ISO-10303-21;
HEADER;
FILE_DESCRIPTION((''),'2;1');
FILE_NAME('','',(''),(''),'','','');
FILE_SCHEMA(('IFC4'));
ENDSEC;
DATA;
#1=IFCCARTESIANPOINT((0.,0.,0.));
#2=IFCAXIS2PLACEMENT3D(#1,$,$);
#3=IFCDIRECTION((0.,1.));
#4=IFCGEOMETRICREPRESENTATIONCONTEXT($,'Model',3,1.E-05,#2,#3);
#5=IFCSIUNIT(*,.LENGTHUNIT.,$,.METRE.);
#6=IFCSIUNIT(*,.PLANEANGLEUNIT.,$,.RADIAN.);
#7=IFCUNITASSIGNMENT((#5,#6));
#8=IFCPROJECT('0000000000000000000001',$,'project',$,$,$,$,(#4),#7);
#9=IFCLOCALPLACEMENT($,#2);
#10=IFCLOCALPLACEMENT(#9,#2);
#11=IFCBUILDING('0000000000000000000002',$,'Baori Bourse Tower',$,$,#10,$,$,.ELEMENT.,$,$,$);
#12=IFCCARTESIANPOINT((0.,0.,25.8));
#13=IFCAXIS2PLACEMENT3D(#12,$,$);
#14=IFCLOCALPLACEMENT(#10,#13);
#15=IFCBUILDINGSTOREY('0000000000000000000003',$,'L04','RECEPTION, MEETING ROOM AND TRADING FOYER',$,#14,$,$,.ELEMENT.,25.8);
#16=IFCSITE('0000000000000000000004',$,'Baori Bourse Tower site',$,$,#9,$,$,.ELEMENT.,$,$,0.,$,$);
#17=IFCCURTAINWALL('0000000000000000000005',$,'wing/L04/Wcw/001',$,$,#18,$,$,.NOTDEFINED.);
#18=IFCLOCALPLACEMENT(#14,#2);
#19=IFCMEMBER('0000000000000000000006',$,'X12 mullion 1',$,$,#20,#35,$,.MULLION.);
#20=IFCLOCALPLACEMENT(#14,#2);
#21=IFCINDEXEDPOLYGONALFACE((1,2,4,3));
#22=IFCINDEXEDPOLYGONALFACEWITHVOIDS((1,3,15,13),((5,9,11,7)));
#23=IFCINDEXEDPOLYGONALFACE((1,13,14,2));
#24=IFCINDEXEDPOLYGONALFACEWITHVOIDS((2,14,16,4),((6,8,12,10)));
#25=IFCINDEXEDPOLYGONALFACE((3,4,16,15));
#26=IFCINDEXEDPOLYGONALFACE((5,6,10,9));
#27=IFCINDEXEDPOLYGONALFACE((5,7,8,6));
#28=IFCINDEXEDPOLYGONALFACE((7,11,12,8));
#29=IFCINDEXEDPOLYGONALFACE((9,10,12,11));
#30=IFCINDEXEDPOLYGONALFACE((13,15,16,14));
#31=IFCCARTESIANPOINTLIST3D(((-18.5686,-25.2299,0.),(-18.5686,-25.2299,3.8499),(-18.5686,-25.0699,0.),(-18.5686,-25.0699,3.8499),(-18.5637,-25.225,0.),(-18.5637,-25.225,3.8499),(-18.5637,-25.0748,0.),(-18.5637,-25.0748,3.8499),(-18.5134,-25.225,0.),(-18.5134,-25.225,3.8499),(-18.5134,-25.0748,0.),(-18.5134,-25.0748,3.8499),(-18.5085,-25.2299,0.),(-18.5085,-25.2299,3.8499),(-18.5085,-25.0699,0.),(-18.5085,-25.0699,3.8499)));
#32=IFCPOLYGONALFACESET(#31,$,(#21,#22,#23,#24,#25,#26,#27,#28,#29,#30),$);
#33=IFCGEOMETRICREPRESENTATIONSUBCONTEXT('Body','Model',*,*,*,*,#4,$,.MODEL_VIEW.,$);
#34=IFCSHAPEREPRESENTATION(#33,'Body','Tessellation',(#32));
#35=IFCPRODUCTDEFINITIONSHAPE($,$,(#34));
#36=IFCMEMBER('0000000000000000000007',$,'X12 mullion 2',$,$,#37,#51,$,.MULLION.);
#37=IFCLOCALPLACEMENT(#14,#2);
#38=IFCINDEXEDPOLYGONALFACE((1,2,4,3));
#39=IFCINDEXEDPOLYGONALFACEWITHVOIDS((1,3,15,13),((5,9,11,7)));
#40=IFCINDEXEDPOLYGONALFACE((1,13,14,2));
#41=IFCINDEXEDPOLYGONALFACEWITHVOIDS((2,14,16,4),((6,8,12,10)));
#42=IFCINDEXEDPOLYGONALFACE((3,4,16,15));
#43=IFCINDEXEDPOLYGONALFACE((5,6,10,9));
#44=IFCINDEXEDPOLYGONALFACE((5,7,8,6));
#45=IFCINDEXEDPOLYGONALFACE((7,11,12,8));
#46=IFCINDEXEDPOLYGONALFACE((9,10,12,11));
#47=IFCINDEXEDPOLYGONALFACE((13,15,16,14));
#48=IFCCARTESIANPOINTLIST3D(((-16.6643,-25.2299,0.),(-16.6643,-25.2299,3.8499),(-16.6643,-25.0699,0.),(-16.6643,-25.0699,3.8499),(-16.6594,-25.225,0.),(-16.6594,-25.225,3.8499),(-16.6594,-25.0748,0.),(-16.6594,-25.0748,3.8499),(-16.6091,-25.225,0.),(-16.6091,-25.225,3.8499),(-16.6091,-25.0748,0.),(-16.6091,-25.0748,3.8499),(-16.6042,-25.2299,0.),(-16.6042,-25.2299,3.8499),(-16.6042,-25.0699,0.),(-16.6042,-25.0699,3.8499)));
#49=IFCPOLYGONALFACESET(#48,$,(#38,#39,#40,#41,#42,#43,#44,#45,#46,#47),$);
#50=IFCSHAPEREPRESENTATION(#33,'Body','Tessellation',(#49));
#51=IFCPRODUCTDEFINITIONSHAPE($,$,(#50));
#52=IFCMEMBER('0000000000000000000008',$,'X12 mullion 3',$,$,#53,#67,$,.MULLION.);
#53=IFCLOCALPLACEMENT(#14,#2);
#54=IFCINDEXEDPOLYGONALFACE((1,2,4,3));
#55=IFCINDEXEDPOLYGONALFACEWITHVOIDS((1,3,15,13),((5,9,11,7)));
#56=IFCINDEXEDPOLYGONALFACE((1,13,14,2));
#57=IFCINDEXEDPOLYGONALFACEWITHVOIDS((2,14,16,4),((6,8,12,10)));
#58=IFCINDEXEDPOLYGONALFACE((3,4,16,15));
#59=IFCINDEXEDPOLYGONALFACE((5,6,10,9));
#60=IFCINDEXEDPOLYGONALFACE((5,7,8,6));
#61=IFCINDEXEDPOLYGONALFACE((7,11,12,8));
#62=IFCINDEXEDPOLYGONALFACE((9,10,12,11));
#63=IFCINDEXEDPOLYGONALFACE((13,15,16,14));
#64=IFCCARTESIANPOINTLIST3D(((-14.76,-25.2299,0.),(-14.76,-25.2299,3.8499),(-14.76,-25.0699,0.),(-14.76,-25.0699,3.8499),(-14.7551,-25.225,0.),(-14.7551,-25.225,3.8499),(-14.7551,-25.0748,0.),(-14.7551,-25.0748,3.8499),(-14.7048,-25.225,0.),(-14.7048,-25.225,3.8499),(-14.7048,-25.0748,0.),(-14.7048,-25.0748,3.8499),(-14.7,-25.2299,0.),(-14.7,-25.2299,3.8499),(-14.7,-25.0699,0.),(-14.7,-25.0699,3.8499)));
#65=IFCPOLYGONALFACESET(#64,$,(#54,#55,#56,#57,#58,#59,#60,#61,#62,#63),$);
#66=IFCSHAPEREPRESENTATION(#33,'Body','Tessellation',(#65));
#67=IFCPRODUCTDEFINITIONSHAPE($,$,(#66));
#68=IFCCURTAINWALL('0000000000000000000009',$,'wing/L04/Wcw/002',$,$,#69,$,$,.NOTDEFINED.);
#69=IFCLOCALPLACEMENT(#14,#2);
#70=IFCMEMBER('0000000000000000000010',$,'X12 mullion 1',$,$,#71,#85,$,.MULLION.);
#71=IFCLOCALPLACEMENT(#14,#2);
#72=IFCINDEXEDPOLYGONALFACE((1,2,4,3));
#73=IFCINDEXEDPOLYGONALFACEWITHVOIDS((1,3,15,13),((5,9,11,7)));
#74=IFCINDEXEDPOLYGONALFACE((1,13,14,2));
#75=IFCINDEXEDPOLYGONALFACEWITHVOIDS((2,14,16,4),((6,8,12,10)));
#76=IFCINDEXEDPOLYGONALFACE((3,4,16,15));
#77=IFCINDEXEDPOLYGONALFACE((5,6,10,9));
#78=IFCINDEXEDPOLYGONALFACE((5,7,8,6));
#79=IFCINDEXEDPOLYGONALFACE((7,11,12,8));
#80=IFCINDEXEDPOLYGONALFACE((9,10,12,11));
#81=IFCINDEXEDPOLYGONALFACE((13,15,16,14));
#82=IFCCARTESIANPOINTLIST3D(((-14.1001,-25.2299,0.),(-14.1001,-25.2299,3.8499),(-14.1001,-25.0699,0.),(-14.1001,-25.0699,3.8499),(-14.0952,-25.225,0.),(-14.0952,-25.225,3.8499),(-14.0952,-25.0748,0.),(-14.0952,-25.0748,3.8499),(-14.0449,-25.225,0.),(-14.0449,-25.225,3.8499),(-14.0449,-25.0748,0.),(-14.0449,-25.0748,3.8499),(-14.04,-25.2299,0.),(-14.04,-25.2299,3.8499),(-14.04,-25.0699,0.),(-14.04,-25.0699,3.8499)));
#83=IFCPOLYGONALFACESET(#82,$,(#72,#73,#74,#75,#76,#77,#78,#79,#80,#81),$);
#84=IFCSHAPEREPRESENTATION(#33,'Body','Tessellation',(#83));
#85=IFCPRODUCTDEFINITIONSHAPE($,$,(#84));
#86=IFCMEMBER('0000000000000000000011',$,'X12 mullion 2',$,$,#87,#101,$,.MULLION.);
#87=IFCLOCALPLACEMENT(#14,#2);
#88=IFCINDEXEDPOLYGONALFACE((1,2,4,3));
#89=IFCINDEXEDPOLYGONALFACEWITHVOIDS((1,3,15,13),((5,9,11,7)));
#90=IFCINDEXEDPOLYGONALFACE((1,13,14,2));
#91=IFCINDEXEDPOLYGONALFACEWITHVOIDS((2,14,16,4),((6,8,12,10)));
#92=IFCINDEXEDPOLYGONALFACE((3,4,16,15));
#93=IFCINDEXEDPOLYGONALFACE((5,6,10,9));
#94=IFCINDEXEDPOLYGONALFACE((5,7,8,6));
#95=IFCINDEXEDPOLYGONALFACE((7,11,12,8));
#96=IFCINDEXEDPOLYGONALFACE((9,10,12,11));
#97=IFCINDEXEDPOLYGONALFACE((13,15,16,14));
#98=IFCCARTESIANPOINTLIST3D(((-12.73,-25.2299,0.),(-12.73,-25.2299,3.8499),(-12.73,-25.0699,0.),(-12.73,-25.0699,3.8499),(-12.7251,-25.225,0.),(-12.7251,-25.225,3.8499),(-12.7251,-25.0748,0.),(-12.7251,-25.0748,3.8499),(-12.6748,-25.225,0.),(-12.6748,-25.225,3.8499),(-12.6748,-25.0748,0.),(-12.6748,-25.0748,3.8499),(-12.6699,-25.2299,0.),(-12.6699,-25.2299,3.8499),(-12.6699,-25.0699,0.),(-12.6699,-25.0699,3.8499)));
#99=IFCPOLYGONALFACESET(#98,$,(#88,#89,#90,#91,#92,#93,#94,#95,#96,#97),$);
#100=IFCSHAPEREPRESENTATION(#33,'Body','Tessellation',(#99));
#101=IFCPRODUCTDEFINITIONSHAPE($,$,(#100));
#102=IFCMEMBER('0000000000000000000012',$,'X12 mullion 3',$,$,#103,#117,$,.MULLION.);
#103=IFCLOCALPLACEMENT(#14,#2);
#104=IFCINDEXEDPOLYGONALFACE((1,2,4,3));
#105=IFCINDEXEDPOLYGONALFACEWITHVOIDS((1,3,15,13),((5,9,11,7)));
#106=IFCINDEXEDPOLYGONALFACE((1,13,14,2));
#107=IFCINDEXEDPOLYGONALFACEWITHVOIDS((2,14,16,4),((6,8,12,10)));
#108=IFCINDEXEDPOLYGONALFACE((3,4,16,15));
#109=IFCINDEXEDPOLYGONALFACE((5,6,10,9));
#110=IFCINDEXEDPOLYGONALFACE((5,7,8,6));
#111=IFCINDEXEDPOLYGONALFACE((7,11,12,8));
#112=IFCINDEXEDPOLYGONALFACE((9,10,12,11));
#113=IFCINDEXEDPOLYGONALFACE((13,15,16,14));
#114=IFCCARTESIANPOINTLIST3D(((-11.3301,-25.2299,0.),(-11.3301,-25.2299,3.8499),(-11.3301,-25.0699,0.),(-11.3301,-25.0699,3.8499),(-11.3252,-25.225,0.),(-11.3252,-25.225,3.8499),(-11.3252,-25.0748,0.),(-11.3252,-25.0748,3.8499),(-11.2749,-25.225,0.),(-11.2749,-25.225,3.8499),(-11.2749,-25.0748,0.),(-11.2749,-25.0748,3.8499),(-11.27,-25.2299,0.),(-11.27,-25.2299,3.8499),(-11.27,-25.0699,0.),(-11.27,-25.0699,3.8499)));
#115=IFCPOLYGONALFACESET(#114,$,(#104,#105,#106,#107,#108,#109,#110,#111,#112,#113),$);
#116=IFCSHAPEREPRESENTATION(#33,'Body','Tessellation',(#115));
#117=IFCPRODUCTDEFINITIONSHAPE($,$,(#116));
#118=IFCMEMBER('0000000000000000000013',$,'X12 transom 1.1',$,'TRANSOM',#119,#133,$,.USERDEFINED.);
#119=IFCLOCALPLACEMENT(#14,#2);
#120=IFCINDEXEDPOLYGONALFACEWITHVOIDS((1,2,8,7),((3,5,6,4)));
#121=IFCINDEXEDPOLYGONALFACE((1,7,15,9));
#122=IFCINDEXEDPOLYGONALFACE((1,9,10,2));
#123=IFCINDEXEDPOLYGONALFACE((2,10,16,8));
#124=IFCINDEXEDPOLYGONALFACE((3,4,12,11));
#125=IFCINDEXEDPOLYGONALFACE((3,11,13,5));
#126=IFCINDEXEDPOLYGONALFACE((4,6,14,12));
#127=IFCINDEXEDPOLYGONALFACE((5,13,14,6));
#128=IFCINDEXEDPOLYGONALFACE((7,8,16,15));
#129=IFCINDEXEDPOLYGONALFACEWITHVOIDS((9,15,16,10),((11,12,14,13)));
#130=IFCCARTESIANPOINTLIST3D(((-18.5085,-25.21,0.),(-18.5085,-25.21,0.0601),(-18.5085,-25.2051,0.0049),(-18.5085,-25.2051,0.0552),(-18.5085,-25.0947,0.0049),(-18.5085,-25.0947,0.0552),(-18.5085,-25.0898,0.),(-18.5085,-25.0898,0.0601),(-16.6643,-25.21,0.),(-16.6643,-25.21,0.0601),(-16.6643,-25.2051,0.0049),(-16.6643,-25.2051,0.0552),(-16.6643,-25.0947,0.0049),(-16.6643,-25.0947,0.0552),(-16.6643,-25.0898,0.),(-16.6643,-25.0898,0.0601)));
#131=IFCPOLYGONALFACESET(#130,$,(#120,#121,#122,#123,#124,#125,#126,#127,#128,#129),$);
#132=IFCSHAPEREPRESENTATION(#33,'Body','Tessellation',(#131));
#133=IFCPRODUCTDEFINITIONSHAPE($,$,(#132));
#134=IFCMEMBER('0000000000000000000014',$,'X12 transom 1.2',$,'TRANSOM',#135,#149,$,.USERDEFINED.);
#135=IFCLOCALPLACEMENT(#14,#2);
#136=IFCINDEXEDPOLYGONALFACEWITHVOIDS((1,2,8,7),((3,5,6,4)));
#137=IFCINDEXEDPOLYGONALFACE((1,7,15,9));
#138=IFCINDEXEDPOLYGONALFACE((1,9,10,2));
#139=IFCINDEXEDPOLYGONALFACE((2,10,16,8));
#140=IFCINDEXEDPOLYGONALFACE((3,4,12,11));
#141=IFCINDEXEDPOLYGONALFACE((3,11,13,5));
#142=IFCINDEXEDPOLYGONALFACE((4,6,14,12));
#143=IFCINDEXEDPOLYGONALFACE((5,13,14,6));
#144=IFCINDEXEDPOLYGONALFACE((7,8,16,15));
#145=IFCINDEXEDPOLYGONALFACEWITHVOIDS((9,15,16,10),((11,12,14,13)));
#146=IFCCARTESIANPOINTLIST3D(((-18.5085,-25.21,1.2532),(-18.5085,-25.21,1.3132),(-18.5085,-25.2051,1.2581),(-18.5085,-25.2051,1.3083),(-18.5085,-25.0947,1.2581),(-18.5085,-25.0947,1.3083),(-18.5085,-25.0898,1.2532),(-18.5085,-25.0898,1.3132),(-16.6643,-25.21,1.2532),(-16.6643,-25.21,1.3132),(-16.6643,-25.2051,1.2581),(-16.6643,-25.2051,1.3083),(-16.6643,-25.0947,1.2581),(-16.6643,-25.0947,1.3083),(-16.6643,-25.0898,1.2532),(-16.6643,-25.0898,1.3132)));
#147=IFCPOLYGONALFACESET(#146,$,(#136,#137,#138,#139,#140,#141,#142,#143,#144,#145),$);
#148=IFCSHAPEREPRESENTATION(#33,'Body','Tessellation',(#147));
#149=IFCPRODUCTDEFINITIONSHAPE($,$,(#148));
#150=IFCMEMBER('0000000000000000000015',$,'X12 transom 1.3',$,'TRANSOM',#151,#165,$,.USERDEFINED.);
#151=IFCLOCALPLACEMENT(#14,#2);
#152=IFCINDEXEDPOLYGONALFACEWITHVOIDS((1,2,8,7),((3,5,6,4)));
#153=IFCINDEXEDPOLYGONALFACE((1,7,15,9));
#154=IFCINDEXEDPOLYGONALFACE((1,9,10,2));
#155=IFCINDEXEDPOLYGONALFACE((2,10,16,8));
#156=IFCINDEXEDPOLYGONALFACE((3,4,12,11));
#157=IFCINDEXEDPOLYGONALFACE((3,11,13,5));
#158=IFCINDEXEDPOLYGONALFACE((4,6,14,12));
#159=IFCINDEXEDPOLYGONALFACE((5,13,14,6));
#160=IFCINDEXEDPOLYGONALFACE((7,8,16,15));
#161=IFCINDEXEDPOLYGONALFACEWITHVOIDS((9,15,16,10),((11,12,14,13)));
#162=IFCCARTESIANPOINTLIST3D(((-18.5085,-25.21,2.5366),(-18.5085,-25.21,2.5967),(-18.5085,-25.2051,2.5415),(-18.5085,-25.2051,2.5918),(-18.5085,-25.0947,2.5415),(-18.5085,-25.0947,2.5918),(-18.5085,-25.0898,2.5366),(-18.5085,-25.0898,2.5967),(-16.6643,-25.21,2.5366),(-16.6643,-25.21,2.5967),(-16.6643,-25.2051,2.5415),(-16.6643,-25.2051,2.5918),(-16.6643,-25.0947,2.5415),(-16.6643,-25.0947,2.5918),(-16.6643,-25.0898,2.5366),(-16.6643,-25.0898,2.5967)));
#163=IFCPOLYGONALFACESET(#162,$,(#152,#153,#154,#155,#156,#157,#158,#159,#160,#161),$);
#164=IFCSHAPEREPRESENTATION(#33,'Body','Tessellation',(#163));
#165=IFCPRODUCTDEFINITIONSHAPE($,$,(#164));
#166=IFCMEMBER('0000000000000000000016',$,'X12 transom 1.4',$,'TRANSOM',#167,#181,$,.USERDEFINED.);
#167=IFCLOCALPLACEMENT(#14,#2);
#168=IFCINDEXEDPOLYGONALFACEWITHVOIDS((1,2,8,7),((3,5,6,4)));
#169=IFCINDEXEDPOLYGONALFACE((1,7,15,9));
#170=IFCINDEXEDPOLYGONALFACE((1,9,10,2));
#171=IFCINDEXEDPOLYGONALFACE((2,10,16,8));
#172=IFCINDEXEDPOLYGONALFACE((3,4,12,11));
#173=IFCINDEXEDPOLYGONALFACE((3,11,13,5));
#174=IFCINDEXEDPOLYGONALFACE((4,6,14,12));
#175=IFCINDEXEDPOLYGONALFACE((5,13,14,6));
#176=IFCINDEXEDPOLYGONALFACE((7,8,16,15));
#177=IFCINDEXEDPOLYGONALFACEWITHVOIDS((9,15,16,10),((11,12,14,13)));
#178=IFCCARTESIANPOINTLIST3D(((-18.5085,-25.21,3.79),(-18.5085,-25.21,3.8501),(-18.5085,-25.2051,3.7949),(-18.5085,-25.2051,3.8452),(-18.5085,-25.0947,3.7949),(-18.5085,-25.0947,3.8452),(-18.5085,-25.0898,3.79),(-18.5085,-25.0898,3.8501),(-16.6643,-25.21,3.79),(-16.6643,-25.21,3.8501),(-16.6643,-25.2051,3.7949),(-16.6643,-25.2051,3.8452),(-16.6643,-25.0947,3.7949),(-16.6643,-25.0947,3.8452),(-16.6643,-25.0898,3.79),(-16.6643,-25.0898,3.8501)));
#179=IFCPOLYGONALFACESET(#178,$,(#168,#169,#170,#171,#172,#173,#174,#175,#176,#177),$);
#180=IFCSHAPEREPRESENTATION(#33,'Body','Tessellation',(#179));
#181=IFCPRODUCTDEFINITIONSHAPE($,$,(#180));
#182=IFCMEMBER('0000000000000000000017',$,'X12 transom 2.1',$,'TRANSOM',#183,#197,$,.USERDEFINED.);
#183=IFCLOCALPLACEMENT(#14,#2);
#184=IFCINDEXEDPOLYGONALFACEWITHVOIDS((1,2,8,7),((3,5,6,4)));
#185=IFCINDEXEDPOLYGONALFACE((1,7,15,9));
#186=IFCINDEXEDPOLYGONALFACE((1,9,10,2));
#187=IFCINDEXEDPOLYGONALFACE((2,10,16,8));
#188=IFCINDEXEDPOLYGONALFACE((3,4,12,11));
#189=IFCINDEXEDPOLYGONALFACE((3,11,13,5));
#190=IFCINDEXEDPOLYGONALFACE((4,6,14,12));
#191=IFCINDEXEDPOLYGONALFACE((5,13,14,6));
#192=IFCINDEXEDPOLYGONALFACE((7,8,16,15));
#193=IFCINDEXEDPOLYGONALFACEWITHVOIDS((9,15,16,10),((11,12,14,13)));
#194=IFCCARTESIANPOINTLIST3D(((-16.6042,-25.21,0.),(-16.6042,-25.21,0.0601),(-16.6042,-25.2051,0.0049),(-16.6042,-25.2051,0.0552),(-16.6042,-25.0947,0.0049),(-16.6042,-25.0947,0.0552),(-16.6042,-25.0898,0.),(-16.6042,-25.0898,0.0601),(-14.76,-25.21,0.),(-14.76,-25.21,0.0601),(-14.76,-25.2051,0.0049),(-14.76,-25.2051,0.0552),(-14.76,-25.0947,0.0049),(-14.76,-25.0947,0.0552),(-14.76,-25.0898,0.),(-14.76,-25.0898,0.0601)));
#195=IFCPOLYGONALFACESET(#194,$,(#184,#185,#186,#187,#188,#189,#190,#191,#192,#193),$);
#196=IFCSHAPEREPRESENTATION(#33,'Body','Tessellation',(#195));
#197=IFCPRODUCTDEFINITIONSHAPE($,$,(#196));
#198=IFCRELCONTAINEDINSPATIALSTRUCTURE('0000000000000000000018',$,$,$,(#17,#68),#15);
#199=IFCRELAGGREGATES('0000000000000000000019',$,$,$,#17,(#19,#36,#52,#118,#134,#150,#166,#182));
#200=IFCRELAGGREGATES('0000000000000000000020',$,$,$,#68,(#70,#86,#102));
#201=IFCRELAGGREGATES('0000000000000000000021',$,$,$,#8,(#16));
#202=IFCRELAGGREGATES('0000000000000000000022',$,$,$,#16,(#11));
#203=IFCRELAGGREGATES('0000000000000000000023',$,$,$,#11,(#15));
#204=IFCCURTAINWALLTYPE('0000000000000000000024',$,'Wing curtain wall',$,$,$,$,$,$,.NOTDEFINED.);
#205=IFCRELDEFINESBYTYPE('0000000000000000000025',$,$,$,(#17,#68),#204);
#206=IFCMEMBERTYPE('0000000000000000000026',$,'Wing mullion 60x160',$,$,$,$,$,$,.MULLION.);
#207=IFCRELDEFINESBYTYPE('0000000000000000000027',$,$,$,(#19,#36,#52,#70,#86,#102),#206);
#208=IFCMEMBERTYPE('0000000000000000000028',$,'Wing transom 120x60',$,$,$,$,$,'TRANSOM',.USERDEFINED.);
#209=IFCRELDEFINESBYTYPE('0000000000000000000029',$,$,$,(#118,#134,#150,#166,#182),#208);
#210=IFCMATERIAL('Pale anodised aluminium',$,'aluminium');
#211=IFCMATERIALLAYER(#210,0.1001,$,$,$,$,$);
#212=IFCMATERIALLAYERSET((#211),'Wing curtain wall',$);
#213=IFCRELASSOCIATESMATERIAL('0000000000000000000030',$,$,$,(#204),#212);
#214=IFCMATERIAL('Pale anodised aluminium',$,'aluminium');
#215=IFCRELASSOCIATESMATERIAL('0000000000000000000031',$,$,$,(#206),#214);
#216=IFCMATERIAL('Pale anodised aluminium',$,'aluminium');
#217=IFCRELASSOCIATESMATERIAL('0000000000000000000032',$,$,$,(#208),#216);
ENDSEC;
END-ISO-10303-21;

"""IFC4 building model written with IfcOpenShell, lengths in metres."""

from ifc_helpers import new_model, si_unit, direction, frame, origin, origin_2d, place, context, subcontext, project, spatial, hollow_rectangle, extrude, material, layer, layer_set, material_profile, profile_set, type_object, element, aggregate, save


model = new_model("IFC4")

# Units and contexts
model_context = context("Model", 3, precision=1e-05, world=origin(), true_north=direction((0.0, 1.0)))
body_context = subcontext(model_context, "Body", "Model", "MODEL_VIEW")
ifc_project = project(units=[si_unit("LENGTHUNIT", "METRE"), si_unit("PLANEANGLEUNIT", "RADIAN")], contexts=[model_context])

# Site, building, storey
site_placement = place(None, origin())
site = spatial("IfcSite", under=ifc_project, at=site_placement, Name="Baori Bourse Tower site", CompositionType="ELEMENT", RefElevation=0.0)
building_placement = place(site_placement, origin())
building = spatial("IfcBuilding", under=site, at=building_placement, Name="Baori Bourse Tower", CompositionType="ELEMENT")
storey_placement = place(building_placement, frame((0.0, 0.0, 25.8)))
storey = spatial("IfcBuildingStorey", under=building, at=storey_placement, Name="L04", Description="RECEPTION, MEETING ROOM AND TRADING FOYER", CompositionType="ELEMENT", Elevation=25.8)

# Curtain walls, members
ifc_material_1 = material(Name="Pale anodised aluminium", Category="aluminium")
ifc_layer_1 = layer(ifc_material_1, 0.1001)
ifc_layer_set_1 = layer_set([ifc_layer_1], Name="Wing curtain wall")
curtain_wall_type = type_object("IfcCurtainWallType", Name="Wing curtain wall", PredefinedType="NOTDEFINED", material=ifc_layer_set_1)
curtain_wall_1_placement = place(storey_placement, origin())
curtain_wall_1 = element("IfcCurtainWall", 1, at=curtain_wall_1_placement, inside=storey, type_object=curtain_wall_type, Name="wing/L04/Wcw/001", PredefinedType="NOTDEFINED")
ifc_material_2 = material(Name="Pale anodised aluminium", Category="aluminium")
ifc_material_profile_1 = material_profile(ifc_material_2, hollow_rectangle(XDim=0.1599, YDim=0.0601, WallThickness=0.0049, at=origin_2d()), Name="Mullion 160x60x5")
ifc_profile_set_1 = profile_set([ifc_material_profile_1], Name="Pale anodised aluminium")
member_type_1 = type_object("IfcMemberType", Name="Wing mullion 60x160", PredefinedType="MULLION", material=ifc_profile_set_1)
member_1_placement = place(storey_placement, frame((-18.5386, -25.1499, 0.0), z_axis=(0.0, 0.0, 1.0), x_axis=(0.0, 1.0, 0.0)))
member_1 = element("IfcMember", 2, at=member_1_placement, type_object=member_type_1, Name="X12 mullion 1", PredefinedType="MULLION", context=body_context, shape_type="SweptSolid", body=[
    extrude(hollow_rectangle(XDim=0.1599, YDim=0.0601, WallThickness=0.0049, at=origin_2d()), origin(), (0.0, 0.0, 1.0), 3.8499),
])
member_2_placement = place(storey_placement, frame((-16.6343, -25.1499, 0.0), z_axis=(0.0, 0.0, 1.0), x_axis=(0.0, 1.0, 0.0)))
member_2 = element("IfcMember", 3, at=member_2_placement, type_object=member_type_1, Name="X12 mullion 2", PredefinedType="MULLION", context=body_context, shape_type="SweptSolid", body=[
    extrude(hollow_rectangle(XDim=0.1599, YDim=0.0601, WallThickness=0.0049, at=origin_2d()), origin(), (0.0, 0.0, 1.0), 3.8499),
])
member_3_placement = place(storey_placement, frame((-14.73, -25.1499, 0.0), z_axis=(0.0, 0.0, 1.0), x_axis=(0.0, 1.0, 0.0)))
member_3 = element("IfcMember", 4, at=member_3_placement, type_object=member_type_1, Name="X12 mullion 3", PredefinedType="MULLION", context=body_context, shape_type="SweptSolid", body=[
    extrude(hollow_rectangle(XDim=0.1599, YDim=0.0601, WallThickness=0.0049, at=origin_2d()), origin(), (0.0, 0.0, 1.0), 3.8499),
])
curtain_wall_2_placement = place(storey_placement, origin())
curtain_wall_2 = element("IfcCurtainWall", 5, at=curtain_wall_2_placement, inside=storey, type_object=curtain_wall_type, Name="wing/L04/Wcw/002", PredefinedType="NOTDEFINED")
member_4_placement = place(storey_placement, frame((-14.0701, -25.1499, 0.0), z_axis=(0.0, 0.0, 1.0), x_axis=(0.0, 1.0, 0.0)))
member_4 = element("IfcMember", 6, at=member_4_placement, type_object=member_type_1, Name="X12 mullion 1", PredefinedType="MULLION", context=body_context, shape_type="SweptSolid", body=[
    extrude(hollow_rectangle(XDim=0.1599, YDim=0.0601, WallThickness=0.0049, at=origin_2d()), origin(), (0.0, 0.0, 1.0), 3.8499),
])
member_5_placement = place(storey_placement, frame((-12.7, -25.1499, 0.0), z_axis=(0.0, 0.0, 1.0), x_axis=(0.0, 1.0, 0.0)))
member_5 = element("IfcMember", 7, at=member_5_placement, type_object=member_type_1, Name="X12 mullion 2", PredefinedType="MULLION", context=body_context, shape_type="SweptSolid", body=[
    extrude(hollow_rectangle(XDim=0.1599, YDim=0.0601, WallThickness=0.0049, at=origin_2d()), origin(), (0.0, 0.0, 1.0), 3.8499),
])
member_6_placement = place(storey_placement, frame((-11.3, -25.1499, 0.0), z_axis=(0.0, 0.0, 1.0), x_axis=(0.0, 1.0, 0.0)))
member_6 = element("IfcMember", 8, at=member_6_placement, type_object=member_type_1, Name="X12 mullion 3", PredefinedType="MULLION", context=body_context, shape_type="SweptSolid", body=[
    extrude(hollow_rectangle(XDim=0.1599, YDim=0.0601, WallThickness=0.0049, at=origin_2d()), origin(), (0.0, 0.0, 1.0), 3.8499),
])

# Members
ifc_material_3 = material(Name="Pale anodised aluminium", Category="aluminium")
ifc_material_profile_2 = material_profile(ifc_material_3, hollow_rectangle(XDim=0.1201, YDim=0.0601, WallThickness=0.0049, at=origin_2d()), Name="Transom 120x60x5")
ifc_profile_set_2 = profile_set([ifc_material_profile_2], Name="Pale anodised aluminium")
member_type_2 = type_object("IfcMemberType", Name="Wing transom 120x60", ElementType="TRANSOM", PredefinedType="USERDEFINED", material=ifc_profile_set_2)
member_7_placement = place(storey_placement, frame((-18.5085, -25.1499, 0.03), z_axis=(1.0, 0.0, 0.0), x_axis=(0.0, 1.0, 0.0)))
member_7 = element("IfcMember", 9, at=member_7_placement, type_object=member_type_2, Name="X12 transom 1.1", ObjectType="TRANSOM", PredefinedType="USERDEFINED", context=body_context, shape_type="SweptSolid", body=[
    extrude(hollow_rectangle(XDim=0.1201, YDim=0.0601, WallThickness=0.0049, at=origin_2d()), origin(), (0.0, 0.0, 1.0), 1.8442),
])
member_8_placement = place(storey_placement, frame((-18.5085, -25.1499, 1.2832), z_axis=(1.0, 0.0, 0.0), x_axis=(0.0, 1.0, 0.0)))
member_8 = element("IfcMember", 10, at=member_8_placement, type_object=member_type_2, Name="X12 transom 1.2", ObjectType="TRANSOM", PredefinedType="USERDEFINED", context=body_context, shape_type="SweptSolid", body=[
    extrude(hollow_rectangle(XDim=0.1201, YDim=0.0601, WallThickness=0.0049, at=origin_2d()), origin(), (0.0, 0.0, 1.0), 1.8442),
])
member_9_placement = place(storey_placement, frame((-18.5085, -25.1499, 2.5667), z_axis=(1.0, 0.0, 0.0), x_axis=(0.0, 1.0, 0.0)))
member_9 = element("IfcMember", 11, at=member_9_placement, type_object=member_type_2, Name="X12 transom 1.3", ObjectType="TRANSOM", PredefinedType="USERDEFINED", context=body_context, shape_type="SweptSolid", body=[
    extrude(hollow_rectangle(XDim=0.1201, YDim=0.0601, WallThickness=0.0049, at=origin_2d()), origin(), (0.0, 0.0, 1.0), 1.8442),
])
member_10_placement = place(storey_placement, frame((-18.5085, -25.1499, 3.8201), z_axis=(1.0, 0.0, 0.0), x_axis=(0.0, 1.0, 0.0)))
member_10 = element("IfcMember", 12, at=member_10_placement, type_object=member_type_2, Name="X12 transom 1.4", ObjectType="TRANSOM", PredefinedType="USERDEFINED", context=body_context, shape_type="SweptSolid", body=[
    extrude(hollow_rectangle(XDim=0.1201, YDim=0.0601, WallThickness=0.0049, at=origin_2d()), origin(), (0.0, 0.0, 1.0), 1.8442),
])
member_11_placement = place(storey_placement, frame((-16.6042, -25.1499, 0.03), z_axis=(1.0, 0.0, 0.0), x_axis=(0.0, 1.0, 0.0)))
member_11 = element("IfcMember", 13, at=member_11_placement, type_object=member_type_2, Name="X12 transom 2.1", ObjectType="TRANSOM", PredefinedType="USERDEFINED", context=body_context, shape_type="SweptSolid", body=[
    extrude(hollow_rectangle(XDim=0.1201, YDim=0.0601, WallThickness=0.0049, at=origin_2d()), origin(), (0.0, 0.0, 1.0), 1.8442),
])

aggregate(curtain_wall_1, [member_1, member_2, member_3, member_7, member_8, member_9, member_10, member_11])
aggregate(curtain_wall_2, [member_4, member_5, member_6])

save(model, "model.ifc")
